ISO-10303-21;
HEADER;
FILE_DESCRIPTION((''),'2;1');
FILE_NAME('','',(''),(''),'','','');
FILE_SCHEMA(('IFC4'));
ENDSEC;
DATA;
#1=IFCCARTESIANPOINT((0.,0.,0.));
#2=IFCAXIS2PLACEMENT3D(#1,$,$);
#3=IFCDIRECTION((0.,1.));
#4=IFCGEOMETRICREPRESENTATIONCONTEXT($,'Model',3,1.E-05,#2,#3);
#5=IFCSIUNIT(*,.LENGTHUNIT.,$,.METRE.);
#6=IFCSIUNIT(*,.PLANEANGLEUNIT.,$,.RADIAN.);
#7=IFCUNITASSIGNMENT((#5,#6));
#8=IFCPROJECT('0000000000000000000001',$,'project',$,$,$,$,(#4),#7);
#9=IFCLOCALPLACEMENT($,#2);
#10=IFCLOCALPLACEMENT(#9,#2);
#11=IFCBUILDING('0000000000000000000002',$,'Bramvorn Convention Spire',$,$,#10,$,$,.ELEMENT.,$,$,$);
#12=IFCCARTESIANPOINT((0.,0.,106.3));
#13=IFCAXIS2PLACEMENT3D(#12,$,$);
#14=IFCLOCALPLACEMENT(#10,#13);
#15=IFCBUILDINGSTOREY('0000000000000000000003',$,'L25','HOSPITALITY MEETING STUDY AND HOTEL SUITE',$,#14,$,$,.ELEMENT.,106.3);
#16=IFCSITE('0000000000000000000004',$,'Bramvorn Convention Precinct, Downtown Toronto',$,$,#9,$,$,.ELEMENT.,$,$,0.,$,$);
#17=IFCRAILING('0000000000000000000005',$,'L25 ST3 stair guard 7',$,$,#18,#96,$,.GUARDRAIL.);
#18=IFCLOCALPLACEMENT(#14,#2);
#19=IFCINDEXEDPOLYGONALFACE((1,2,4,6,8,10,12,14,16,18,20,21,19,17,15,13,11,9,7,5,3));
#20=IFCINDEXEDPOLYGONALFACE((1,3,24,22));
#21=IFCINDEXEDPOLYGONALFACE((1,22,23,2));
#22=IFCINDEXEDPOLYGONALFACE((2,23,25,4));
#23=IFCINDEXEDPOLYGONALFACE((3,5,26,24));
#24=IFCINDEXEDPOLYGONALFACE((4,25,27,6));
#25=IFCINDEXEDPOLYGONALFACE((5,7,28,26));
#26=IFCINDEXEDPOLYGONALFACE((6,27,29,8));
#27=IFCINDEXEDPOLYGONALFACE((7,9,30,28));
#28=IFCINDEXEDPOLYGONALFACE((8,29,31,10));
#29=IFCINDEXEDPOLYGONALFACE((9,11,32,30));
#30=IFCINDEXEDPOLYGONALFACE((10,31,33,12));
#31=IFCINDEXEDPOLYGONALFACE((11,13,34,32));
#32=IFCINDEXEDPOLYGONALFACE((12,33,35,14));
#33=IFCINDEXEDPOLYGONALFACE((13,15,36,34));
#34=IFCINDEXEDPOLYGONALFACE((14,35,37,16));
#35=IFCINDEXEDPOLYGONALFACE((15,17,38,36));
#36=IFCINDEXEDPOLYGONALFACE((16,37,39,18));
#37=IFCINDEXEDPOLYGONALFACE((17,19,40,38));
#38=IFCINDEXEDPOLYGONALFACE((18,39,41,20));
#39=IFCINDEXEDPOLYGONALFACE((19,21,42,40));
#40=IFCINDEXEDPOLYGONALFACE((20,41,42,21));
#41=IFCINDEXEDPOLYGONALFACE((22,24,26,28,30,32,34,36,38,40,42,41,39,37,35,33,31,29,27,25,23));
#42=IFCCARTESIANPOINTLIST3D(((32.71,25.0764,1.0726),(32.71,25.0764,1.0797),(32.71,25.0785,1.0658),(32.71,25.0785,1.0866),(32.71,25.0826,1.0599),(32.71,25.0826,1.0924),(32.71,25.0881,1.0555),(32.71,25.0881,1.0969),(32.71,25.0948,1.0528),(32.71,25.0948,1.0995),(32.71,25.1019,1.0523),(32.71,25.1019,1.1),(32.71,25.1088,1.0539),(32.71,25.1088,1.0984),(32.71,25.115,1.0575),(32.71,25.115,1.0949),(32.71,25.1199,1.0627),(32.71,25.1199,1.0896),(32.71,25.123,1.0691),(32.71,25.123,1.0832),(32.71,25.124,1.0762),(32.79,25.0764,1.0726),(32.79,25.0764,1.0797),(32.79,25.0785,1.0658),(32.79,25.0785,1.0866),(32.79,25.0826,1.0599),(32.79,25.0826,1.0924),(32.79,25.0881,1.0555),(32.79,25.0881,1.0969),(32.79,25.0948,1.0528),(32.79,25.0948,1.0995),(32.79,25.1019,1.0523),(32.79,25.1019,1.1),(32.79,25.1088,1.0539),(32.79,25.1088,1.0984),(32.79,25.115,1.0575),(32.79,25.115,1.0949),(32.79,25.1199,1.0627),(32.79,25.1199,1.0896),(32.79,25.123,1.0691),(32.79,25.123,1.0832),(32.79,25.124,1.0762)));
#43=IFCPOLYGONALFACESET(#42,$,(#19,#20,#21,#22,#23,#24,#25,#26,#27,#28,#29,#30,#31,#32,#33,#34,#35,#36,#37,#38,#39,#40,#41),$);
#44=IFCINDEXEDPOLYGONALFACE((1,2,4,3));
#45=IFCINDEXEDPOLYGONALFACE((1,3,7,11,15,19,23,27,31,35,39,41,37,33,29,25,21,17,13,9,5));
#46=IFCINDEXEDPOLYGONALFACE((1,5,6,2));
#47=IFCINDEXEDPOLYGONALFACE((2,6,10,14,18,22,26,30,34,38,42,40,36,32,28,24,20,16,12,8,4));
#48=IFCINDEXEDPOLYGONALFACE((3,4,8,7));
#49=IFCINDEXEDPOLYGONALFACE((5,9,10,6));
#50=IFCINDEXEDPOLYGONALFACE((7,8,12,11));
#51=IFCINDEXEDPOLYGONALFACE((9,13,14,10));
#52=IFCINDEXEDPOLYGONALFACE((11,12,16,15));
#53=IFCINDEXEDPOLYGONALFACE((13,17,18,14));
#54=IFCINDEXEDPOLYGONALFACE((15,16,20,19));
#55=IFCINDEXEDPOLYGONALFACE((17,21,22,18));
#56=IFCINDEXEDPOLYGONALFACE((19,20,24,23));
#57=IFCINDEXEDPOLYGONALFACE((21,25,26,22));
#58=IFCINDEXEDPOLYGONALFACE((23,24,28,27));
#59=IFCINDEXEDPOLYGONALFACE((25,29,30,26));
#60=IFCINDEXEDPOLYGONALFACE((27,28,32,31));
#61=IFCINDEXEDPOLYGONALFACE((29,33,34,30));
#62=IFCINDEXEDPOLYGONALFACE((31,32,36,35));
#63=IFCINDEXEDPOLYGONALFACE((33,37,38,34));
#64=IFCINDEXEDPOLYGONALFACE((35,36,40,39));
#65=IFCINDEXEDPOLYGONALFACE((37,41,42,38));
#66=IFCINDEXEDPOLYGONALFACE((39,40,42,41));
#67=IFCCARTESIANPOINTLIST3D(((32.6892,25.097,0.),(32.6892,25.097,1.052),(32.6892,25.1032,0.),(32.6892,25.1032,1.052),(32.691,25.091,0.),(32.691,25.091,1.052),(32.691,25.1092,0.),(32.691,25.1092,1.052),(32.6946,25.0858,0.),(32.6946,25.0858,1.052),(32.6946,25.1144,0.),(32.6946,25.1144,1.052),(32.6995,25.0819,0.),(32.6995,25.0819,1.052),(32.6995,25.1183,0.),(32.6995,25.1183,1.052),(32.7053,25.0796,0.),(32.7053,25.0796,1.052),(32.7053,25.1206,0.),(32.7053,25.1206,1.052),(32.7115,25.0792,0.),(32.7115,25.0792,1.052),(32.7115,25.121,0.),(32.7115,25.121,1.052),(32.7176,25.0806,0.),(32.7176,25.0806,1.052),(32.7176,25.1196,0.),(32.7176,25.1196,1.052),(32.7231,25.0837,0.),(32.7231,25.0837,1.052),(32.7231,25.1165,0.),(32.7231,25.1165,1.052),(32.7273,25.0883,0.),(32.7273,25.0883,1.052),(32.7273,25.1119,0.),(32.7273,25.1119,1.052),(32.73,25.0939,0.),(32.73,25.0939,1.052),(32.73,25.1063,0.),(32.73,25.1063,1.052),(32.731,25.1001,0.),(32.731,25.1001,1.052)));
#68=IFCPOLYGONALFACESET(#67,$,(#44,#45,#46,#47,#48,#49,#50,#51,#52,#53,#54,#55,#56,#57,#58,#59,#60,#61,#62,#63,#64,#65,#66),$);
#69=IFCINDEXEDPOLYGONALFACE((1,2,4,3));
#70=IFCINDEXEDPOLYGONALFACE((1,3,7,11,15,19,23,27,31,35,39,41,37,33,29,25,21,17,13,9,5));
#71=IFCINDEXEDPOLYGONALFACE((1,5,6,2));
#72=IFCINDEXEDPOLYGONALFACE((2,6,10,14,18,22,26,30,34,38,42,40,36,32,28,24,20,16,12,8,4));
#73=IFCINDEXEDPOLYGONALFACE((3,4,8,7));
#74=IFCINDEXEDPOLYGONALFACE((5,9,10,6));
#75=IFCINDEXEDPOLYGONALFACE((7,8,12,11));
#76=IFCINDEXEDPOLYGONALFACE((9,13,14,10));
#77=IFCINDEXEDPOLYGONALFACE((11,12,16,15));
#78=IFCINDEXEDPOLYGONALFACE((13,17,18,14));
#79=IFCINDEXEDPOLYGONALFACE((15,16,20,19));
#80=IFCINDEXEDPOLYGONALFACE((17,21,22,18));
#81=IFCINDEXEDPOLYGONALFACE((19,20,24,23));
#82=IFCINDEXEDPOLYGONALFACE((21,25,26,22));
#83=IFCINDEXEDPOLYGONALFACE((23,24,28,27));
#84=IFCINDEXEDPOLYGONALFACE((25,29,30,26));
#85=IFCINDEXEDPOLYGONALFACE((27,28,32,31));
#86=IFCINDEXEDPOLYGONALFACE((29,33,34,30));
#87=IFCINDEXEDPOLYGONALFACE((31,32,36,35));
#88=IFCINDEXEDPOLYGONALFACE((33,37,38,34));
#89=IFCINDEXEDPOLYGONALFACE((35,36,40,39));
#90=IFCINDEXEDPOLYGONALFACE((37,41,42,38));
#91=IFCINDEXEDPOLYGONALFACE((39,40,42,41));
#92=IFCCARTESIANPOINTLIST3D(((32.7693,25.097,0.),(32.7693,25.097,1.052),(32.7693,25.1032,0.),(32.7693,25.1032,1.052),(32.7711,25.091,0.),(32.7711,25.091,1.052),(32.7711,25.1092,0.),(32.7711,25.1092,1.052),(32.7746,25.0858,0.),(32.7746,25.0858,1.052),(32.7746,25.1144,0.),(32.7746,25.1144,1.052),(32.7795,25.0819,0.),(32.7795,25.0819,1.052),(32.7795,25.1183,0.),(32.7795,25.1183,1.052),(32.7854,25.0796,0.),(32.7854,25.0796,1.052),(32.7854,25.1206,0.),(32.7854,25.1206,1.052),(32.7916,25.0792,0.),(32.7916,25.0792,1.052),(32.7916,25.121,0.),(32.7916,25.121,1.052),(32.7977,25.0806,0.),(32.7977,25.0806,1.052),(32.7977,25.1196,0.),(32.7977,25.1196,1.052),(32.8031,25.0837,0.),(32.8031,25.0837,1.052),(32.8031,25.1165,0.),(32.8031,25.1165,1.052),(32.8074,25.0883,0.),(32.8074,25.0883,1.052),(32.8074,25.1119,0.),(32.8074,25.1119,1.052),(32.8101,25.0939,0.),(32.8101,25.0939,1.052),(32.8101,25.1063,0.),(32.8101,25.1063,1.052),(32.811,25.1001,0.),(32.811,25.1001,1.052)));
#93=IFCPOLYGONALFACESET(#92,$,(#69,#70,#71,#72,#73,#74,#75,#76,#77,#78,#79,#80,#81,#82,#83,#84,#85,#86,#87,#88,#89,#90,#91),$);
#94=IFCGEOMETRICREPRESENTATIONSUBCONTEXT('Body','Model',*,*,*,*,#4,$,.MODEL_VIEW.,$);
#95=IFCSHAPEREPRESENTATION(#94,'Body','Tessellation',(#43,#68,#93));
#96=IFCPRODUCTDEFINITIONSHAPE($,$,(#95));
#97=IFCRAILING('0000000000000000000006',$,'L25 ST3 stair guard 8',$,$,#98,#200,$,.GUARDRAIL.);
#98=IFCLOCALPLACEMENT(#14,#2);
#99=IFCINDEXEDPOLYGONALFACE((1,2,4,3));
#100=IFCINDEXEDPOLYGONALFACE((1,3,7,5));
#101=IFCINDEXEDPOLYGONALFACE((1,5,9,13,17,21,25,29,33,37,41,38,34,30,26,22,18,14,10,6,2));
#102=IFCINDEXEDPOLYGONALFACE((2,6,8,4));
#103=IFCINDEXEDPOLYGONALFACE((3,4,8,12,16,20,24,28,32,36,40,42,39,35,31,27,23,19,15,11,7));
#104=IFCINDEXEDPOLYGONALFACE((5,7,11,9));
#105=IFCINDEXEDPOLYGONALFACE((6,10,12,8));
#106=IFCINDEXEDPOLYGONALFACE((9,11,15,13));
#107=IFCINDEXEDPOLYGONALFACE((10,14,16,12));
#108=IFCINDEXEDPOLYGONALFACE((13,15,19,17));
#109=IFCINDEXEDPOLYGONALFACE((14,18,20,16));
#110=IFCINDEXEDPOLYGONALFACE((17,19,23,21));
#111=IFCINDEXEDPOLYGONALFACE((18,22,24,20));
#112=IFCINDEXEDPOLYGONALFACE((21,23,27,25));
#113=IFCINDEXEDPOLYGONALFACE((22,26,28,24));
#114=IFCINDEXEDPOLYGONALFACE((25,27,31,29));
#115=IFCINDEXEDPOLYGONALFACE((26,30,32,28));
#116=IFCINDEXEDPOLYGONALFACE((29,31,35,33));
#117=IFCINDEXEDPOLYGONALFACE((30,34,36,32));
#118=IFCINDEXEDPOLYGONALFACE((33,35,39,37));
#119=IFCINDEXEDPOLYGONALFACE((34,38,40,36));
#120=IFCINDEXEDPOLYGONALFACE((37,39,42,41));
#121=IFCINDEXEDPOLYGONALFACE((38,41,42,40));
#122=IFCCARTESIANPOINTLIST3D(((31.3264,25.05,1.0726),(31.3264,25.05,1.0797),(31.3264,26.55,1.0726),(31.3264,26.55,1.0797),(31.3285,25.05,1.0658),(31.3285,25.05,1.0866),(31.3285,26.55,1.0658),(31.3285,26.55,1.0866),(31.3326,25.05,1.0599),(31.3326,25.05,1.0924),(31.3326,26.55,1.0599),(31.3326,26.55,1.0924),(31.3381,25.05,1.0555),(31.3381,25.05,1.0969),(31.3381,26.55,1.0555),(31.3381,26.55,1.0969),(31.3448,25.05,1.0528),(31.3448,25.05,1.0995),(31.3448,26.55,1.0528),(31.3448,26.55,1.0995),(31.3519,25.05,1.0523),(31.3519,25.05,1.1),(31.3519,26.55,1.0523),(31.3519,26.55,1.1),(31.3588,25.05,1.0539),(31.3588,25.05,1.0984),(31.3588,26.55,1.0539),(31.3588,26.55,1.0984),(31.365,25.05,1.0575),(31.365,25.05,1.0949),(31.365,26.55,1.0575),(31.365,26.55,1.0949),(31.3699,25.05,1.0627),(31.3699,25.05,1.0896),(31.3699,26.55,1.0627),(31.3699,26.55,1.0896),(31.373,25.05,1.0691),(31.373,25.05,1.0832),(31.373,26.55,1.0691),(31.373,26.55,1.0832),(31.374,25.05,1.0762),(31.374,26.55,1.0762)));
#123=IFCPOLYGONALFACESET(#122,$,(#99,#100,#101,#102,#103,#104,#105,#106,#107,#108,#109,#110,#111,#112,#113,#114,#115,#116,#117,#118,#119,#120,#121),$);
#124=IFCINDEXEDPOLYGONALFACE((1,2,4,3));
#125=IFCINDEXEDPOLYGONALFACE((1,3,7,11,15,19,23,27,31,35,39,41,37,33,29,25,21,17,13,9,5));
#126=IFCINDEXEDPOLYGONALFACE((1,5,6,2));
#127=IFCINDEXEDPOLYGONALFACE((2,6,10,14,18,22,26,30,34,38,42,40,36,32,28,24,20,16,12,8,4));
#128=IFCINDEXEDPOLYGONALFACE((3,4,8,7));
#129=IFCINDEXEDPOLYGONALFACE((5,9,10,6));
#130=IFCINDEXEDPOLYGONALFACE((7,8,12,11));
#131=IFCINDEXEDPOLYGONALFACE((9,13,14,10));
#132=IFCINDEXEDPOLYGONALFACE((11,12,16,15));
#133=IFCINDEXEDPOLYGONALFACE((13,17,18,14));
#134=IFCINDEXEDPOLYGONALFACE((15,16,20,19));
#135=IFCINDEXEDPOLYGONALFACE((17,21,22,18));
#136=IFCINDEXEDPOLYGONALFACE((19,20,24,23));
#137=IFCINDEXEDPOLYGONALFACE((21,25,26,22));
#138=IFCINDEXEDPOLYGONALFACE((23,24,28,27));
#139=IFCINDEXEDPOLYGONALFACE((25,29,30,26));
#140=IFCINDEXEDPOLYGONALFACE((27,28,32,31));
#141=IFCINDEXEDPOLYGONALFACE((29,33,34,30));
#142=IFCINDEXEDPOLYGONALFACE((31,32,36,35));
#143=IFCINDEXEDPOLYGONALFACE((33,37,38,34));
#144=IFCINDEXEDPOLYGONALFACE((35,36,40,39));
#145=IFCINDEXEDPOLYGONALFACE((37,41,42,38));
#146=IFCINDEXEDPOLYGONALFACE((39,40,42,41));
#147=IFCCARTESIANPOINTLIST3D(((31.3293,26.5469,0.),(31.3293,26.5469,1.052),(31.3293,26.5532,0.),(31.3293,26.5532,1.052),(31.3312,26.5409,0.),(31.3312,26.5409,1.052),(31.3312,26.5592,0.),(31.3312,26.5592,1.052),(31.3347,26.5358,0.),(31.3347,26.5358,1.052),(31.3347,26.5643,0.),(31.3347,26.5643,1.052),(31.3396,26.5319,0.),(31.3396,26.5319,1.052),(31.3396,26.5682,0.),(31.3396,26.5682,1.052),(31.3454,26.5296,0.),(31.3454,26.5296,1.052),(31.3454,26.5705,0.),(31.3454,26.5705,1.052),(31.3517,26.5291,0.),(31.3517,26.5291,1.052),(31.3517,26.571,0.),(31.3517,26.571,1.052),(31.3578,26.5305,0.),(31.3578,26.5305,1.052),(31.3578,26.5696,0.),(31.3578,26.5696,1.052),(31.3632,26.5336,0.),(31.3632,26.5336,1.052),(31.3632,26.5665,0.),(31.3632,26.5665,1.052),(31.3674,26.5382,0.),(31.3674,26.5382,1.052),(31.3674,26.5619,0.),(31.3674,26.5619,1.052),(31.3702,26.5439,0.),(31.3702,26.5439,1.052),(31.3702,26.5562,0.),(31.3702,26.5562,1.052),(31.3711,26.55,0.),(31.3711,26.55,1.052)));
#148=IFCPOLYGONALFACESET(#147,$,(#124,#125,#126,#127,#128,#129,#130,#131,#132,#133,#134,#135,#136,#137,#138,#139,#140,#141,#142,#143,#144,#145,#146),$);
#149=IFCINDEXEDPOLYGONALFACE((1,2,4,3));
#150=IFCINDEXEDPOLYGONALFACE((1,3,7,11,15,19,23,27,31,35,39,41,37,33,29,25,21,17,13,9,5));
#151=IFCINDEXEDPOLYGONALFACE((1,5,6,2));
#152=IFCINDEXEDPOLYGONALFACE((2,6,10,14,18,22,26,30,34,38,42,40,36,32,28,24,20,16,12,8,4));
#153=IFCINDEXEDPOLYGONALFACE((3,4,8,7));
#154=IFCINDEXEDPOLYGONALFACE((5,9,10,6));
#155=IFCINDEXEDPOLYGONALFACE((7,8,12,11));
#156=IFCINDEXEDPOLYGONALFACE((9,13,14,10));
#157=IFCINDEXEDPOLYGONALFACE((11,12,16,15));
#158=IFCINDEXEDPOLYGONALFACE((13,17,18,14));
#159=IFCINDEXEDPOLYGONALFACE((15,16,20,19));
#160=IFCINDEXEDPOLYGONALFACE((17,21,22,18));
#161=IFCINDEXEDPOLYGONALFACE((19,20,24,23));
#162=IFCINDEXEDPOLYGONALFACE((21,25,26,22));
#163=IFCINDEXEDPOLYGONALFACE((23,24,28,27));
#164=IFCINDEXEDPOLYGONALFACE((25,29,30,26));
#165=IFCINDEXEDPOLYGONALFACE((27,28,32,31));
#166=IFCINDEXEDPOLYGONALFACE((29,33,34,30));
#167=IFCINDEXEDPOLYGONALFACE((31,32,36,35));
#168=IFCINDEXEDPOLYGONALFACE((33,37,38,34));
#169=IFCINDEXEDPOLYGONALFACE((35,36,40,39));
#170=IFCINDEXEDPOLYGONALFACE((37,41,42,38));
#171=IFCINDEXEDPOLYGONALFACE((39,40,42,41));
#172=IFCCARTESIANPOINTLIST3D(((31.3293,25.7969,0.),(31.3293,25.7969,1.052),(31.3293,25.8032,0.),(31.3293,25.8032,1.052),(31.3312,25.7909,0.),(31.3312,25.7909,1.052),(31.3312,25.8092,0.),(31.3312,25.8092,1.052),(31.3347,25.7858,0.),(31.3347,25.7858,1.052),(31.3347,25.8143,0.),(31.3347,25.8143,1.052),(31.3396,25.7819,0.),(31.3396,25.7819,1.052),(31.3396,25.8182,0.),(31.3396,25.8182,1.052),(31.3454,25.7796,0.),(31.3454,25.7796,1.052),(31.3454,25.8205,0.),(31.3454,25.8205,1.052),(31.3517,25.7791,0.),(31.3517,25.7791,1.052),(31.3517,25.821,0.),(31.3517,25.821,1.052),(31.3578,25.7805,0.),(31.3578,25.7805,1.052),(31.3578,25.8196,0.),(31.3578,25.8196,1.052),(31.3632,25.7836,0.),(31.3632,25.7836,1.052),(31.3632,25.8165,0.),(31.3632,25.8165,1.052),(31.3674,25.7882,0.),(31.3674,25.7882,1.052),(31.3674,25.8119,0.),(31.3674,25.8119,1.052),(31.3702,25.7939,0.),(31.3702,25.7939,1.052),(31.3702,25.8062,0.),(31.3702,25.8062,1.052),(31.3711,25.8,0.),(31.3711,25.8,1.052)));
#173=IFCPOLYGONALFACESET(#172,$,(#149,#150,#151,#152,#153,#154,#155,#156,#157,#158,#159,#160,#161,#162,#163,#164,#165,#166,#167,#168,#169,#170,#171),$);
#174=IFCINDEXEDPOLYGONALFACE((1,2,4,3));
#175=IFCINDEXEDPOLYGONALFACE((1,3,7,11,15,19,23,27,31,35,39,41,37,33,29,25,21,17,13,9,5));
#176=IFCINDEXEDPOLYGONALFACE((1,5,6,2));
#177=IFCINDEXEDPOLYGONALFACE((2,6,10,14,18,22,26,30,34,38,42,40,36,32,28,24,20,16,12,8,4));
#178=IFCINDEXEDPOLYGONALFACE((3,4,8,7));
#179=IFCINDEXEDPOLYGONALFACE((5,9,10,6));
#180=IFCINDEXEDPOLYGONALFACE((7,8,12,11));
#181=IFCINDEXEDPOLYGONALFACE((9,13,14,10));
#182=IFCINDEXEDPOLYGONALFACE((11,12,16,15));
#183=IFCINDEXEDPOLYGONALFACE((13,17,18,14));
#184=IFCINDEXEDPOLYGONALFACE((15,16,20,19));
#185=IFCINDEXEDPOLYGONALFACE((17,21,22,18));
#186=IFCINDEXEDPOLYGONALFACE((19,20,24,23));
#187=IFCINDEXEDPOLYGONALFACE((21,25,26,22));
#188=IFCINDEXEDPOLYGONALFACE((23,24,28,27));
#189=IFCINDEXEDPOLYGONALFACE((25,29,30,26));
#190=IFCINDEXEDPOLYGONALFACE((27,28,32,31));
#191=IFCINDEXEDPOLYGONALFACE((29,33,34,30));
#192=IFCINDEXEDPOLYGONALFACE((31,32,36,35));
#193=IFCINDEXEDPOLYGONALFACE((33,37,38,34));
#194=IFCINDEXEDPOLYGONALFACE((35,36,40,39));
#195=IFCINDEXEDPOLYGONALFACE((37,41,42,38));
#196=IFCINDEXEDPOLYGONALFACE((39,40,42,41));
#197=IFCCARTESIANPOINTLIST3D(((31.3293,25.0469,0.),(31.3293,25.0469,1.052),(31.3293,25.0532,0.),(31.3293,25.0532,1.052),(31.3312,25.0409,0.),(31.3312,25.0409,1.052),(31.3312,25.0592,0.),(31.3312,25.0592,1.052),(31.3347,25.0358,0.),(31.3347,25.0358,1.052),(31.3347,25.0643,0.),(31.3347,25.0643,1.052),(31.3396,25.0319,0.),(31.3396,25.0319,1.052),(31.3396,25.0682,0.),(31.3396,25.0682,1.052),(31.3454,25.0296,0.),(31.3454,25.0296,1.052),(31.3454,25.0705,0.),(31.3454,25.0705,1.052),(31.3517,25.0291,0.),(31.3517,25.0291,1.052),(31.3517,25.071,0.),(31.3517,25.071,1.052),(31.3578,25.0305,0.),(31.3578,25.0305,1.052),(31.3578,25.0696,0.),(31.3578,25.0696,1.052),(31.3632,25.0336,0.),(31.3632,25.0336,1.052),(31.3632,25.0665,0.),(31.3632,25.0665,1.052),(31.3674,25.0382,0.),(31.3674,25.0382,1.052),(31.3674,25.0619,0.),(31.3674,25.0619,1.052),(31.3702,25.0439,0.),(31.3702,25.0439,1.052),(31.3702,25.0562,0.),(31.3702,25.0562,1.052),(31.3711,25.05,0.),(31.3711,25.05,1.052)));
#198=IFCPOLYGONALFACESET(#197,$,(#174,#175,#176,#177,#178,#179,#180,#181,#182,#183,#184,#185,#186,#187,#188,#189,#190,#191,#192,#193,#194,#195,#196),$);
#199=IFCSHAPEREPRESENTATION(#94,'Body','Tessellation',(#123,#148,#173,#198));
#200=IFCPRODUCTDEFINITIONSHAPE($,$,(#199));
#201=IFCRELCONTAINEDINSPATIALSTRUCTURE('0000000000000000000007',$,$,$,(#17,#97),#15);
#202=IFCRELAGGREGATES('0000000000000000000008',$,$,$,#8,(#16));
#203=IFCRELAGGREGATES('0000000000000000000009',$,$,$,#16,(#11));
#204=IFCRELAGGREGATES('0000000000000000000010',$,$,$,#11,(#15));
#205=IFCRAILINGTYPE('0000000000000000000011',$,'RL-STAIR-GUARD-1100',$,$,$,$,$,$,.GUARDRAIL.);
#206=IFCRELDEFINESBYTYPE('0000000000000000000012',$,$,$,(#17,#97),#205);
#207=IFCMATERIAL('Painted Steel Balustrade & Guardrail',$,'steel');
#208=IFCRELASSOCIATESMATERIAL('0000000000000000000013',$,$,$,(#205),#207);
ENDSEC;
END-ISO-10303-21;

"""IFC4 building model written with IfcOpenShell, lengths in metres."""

from ifc_helpers import new_model, si_unit, direction, frame, origin, origin_2d, place, context, subcontext, project, spatial, circle, extrude, material, type_object, element, save


model = new_model("IFC4")

# Units and contexts
model_context = context("Model", 3, precision=1e-05, world=origin(), true_north=direction((0.0, 1.0)))
body_context = subcontext(model_context, "Body", "Model", "MODEL_VIEW")
ifc_project = project(units=[si_unit("LENGTHUNIT", "METRE"), si_unit("PLANEANGLEUNIT", "RADIAN")], contexts=[model_context])

# Site, building, storey
site_placement = place(None, origin())
site = spatial("IfcSite", under=ifc_project, at=site_placement, Name="Bramvorn Convention Precinct, Downtown Toronto", CompositionType="ELEMENT", RefElevation=0.0)
building_placement = place(site_placement, origin())
building = spatial("IfcBuilding", under=site, at=building_placement, Name="Bramvorn Convention Spire", CompositionType="ELEMENT")
storey_placement = place(building_placement, frame((0.0, 0.0, 106.3)))
storey = spatial("IfcBuildingStorey", under=building, at=storey_placement, Name="L25", Description="HOSPITALITY MEETING STUDY AND HOTEL SUITE", CompositionType="ELEMENT", Elevation=106.3)

# Railings
ifc_material_1 = material(Name="Painted Steel Balustrade & Guardrail", Category="steel")
railing_type_1 = type_object("IfcRailingType", Name="RL-STAIR-GUARD-1100", PredefinedType="GUARDRAIL", material=ifc_material_1)
railing_1_placement = place(storey_placement, frame((32.71, 25.1001, 0.0)))
element("IfcRailing", 1, at=railing_1_placement, inside=storey, type_object=railing_type_1, Name="L25 ST3 stair guard 7", PredefinedType="GUARDRAIL", context=body_context, shape_type="SweptSolid", body=[
    extrude(circle(Radius=0.0239, at=origin_2d()), frame((0.0, 0.0, 1.0762), z_axis=(1.0, 0.0, 0.0), x_axis=(0.0, 1.0, 0.0)), (0.0, 0.0, 1.0), 0.0801),
    extrude(circle(Radius=0.021, at=origin_2d()), origin(), (0.0, 0.0, 1.0), 1.052),
    extrude(circle(Radius=0.021, at=origin_2d()), frame((0.0801, 0.0, 0.0)), (0.0, 0.0, 1.0), 1.052),
])
for number, where, name in (
    (2, (31.3501, 26.55, 0.0), "L25 ST3 stair guard 8"),
):
    element("IfcRailing", number, at=place(storey_placement, frame(where)), inside=storey, type_object=railing_type_1, Name=name, PredefinedType="GUARDRAIL", context=body_context, shape_type="SweptSolid", body=[
        extrude(circle(Radius=0.0239, at=origin_2d()), frame((0.0, 0.0, 1.0762), z_axis=(0.0, -1.0, 0.0), x_axis=(1.0, 0.0, 0.0)), (0.0, 0.0, 1.0), 1.5),
        extrude(circle(Radius=0.021, at=origin_2d()), origin(), (0.0, 0.0, 1.0), 1.052),
        extrude(circle(Radius=0.021, at=origin_2d()), frame((0.0, -0.75, 0.0)), (0.0, 0.0, 1.0), 1.052),
        extrude(circle(Radius=0.021, at=origin_2d()), frame((0.0, -1.5, 0.0)), (0.0, 0.0, 1.0), 1.052),
    ])

save(model, "model.ifc")
